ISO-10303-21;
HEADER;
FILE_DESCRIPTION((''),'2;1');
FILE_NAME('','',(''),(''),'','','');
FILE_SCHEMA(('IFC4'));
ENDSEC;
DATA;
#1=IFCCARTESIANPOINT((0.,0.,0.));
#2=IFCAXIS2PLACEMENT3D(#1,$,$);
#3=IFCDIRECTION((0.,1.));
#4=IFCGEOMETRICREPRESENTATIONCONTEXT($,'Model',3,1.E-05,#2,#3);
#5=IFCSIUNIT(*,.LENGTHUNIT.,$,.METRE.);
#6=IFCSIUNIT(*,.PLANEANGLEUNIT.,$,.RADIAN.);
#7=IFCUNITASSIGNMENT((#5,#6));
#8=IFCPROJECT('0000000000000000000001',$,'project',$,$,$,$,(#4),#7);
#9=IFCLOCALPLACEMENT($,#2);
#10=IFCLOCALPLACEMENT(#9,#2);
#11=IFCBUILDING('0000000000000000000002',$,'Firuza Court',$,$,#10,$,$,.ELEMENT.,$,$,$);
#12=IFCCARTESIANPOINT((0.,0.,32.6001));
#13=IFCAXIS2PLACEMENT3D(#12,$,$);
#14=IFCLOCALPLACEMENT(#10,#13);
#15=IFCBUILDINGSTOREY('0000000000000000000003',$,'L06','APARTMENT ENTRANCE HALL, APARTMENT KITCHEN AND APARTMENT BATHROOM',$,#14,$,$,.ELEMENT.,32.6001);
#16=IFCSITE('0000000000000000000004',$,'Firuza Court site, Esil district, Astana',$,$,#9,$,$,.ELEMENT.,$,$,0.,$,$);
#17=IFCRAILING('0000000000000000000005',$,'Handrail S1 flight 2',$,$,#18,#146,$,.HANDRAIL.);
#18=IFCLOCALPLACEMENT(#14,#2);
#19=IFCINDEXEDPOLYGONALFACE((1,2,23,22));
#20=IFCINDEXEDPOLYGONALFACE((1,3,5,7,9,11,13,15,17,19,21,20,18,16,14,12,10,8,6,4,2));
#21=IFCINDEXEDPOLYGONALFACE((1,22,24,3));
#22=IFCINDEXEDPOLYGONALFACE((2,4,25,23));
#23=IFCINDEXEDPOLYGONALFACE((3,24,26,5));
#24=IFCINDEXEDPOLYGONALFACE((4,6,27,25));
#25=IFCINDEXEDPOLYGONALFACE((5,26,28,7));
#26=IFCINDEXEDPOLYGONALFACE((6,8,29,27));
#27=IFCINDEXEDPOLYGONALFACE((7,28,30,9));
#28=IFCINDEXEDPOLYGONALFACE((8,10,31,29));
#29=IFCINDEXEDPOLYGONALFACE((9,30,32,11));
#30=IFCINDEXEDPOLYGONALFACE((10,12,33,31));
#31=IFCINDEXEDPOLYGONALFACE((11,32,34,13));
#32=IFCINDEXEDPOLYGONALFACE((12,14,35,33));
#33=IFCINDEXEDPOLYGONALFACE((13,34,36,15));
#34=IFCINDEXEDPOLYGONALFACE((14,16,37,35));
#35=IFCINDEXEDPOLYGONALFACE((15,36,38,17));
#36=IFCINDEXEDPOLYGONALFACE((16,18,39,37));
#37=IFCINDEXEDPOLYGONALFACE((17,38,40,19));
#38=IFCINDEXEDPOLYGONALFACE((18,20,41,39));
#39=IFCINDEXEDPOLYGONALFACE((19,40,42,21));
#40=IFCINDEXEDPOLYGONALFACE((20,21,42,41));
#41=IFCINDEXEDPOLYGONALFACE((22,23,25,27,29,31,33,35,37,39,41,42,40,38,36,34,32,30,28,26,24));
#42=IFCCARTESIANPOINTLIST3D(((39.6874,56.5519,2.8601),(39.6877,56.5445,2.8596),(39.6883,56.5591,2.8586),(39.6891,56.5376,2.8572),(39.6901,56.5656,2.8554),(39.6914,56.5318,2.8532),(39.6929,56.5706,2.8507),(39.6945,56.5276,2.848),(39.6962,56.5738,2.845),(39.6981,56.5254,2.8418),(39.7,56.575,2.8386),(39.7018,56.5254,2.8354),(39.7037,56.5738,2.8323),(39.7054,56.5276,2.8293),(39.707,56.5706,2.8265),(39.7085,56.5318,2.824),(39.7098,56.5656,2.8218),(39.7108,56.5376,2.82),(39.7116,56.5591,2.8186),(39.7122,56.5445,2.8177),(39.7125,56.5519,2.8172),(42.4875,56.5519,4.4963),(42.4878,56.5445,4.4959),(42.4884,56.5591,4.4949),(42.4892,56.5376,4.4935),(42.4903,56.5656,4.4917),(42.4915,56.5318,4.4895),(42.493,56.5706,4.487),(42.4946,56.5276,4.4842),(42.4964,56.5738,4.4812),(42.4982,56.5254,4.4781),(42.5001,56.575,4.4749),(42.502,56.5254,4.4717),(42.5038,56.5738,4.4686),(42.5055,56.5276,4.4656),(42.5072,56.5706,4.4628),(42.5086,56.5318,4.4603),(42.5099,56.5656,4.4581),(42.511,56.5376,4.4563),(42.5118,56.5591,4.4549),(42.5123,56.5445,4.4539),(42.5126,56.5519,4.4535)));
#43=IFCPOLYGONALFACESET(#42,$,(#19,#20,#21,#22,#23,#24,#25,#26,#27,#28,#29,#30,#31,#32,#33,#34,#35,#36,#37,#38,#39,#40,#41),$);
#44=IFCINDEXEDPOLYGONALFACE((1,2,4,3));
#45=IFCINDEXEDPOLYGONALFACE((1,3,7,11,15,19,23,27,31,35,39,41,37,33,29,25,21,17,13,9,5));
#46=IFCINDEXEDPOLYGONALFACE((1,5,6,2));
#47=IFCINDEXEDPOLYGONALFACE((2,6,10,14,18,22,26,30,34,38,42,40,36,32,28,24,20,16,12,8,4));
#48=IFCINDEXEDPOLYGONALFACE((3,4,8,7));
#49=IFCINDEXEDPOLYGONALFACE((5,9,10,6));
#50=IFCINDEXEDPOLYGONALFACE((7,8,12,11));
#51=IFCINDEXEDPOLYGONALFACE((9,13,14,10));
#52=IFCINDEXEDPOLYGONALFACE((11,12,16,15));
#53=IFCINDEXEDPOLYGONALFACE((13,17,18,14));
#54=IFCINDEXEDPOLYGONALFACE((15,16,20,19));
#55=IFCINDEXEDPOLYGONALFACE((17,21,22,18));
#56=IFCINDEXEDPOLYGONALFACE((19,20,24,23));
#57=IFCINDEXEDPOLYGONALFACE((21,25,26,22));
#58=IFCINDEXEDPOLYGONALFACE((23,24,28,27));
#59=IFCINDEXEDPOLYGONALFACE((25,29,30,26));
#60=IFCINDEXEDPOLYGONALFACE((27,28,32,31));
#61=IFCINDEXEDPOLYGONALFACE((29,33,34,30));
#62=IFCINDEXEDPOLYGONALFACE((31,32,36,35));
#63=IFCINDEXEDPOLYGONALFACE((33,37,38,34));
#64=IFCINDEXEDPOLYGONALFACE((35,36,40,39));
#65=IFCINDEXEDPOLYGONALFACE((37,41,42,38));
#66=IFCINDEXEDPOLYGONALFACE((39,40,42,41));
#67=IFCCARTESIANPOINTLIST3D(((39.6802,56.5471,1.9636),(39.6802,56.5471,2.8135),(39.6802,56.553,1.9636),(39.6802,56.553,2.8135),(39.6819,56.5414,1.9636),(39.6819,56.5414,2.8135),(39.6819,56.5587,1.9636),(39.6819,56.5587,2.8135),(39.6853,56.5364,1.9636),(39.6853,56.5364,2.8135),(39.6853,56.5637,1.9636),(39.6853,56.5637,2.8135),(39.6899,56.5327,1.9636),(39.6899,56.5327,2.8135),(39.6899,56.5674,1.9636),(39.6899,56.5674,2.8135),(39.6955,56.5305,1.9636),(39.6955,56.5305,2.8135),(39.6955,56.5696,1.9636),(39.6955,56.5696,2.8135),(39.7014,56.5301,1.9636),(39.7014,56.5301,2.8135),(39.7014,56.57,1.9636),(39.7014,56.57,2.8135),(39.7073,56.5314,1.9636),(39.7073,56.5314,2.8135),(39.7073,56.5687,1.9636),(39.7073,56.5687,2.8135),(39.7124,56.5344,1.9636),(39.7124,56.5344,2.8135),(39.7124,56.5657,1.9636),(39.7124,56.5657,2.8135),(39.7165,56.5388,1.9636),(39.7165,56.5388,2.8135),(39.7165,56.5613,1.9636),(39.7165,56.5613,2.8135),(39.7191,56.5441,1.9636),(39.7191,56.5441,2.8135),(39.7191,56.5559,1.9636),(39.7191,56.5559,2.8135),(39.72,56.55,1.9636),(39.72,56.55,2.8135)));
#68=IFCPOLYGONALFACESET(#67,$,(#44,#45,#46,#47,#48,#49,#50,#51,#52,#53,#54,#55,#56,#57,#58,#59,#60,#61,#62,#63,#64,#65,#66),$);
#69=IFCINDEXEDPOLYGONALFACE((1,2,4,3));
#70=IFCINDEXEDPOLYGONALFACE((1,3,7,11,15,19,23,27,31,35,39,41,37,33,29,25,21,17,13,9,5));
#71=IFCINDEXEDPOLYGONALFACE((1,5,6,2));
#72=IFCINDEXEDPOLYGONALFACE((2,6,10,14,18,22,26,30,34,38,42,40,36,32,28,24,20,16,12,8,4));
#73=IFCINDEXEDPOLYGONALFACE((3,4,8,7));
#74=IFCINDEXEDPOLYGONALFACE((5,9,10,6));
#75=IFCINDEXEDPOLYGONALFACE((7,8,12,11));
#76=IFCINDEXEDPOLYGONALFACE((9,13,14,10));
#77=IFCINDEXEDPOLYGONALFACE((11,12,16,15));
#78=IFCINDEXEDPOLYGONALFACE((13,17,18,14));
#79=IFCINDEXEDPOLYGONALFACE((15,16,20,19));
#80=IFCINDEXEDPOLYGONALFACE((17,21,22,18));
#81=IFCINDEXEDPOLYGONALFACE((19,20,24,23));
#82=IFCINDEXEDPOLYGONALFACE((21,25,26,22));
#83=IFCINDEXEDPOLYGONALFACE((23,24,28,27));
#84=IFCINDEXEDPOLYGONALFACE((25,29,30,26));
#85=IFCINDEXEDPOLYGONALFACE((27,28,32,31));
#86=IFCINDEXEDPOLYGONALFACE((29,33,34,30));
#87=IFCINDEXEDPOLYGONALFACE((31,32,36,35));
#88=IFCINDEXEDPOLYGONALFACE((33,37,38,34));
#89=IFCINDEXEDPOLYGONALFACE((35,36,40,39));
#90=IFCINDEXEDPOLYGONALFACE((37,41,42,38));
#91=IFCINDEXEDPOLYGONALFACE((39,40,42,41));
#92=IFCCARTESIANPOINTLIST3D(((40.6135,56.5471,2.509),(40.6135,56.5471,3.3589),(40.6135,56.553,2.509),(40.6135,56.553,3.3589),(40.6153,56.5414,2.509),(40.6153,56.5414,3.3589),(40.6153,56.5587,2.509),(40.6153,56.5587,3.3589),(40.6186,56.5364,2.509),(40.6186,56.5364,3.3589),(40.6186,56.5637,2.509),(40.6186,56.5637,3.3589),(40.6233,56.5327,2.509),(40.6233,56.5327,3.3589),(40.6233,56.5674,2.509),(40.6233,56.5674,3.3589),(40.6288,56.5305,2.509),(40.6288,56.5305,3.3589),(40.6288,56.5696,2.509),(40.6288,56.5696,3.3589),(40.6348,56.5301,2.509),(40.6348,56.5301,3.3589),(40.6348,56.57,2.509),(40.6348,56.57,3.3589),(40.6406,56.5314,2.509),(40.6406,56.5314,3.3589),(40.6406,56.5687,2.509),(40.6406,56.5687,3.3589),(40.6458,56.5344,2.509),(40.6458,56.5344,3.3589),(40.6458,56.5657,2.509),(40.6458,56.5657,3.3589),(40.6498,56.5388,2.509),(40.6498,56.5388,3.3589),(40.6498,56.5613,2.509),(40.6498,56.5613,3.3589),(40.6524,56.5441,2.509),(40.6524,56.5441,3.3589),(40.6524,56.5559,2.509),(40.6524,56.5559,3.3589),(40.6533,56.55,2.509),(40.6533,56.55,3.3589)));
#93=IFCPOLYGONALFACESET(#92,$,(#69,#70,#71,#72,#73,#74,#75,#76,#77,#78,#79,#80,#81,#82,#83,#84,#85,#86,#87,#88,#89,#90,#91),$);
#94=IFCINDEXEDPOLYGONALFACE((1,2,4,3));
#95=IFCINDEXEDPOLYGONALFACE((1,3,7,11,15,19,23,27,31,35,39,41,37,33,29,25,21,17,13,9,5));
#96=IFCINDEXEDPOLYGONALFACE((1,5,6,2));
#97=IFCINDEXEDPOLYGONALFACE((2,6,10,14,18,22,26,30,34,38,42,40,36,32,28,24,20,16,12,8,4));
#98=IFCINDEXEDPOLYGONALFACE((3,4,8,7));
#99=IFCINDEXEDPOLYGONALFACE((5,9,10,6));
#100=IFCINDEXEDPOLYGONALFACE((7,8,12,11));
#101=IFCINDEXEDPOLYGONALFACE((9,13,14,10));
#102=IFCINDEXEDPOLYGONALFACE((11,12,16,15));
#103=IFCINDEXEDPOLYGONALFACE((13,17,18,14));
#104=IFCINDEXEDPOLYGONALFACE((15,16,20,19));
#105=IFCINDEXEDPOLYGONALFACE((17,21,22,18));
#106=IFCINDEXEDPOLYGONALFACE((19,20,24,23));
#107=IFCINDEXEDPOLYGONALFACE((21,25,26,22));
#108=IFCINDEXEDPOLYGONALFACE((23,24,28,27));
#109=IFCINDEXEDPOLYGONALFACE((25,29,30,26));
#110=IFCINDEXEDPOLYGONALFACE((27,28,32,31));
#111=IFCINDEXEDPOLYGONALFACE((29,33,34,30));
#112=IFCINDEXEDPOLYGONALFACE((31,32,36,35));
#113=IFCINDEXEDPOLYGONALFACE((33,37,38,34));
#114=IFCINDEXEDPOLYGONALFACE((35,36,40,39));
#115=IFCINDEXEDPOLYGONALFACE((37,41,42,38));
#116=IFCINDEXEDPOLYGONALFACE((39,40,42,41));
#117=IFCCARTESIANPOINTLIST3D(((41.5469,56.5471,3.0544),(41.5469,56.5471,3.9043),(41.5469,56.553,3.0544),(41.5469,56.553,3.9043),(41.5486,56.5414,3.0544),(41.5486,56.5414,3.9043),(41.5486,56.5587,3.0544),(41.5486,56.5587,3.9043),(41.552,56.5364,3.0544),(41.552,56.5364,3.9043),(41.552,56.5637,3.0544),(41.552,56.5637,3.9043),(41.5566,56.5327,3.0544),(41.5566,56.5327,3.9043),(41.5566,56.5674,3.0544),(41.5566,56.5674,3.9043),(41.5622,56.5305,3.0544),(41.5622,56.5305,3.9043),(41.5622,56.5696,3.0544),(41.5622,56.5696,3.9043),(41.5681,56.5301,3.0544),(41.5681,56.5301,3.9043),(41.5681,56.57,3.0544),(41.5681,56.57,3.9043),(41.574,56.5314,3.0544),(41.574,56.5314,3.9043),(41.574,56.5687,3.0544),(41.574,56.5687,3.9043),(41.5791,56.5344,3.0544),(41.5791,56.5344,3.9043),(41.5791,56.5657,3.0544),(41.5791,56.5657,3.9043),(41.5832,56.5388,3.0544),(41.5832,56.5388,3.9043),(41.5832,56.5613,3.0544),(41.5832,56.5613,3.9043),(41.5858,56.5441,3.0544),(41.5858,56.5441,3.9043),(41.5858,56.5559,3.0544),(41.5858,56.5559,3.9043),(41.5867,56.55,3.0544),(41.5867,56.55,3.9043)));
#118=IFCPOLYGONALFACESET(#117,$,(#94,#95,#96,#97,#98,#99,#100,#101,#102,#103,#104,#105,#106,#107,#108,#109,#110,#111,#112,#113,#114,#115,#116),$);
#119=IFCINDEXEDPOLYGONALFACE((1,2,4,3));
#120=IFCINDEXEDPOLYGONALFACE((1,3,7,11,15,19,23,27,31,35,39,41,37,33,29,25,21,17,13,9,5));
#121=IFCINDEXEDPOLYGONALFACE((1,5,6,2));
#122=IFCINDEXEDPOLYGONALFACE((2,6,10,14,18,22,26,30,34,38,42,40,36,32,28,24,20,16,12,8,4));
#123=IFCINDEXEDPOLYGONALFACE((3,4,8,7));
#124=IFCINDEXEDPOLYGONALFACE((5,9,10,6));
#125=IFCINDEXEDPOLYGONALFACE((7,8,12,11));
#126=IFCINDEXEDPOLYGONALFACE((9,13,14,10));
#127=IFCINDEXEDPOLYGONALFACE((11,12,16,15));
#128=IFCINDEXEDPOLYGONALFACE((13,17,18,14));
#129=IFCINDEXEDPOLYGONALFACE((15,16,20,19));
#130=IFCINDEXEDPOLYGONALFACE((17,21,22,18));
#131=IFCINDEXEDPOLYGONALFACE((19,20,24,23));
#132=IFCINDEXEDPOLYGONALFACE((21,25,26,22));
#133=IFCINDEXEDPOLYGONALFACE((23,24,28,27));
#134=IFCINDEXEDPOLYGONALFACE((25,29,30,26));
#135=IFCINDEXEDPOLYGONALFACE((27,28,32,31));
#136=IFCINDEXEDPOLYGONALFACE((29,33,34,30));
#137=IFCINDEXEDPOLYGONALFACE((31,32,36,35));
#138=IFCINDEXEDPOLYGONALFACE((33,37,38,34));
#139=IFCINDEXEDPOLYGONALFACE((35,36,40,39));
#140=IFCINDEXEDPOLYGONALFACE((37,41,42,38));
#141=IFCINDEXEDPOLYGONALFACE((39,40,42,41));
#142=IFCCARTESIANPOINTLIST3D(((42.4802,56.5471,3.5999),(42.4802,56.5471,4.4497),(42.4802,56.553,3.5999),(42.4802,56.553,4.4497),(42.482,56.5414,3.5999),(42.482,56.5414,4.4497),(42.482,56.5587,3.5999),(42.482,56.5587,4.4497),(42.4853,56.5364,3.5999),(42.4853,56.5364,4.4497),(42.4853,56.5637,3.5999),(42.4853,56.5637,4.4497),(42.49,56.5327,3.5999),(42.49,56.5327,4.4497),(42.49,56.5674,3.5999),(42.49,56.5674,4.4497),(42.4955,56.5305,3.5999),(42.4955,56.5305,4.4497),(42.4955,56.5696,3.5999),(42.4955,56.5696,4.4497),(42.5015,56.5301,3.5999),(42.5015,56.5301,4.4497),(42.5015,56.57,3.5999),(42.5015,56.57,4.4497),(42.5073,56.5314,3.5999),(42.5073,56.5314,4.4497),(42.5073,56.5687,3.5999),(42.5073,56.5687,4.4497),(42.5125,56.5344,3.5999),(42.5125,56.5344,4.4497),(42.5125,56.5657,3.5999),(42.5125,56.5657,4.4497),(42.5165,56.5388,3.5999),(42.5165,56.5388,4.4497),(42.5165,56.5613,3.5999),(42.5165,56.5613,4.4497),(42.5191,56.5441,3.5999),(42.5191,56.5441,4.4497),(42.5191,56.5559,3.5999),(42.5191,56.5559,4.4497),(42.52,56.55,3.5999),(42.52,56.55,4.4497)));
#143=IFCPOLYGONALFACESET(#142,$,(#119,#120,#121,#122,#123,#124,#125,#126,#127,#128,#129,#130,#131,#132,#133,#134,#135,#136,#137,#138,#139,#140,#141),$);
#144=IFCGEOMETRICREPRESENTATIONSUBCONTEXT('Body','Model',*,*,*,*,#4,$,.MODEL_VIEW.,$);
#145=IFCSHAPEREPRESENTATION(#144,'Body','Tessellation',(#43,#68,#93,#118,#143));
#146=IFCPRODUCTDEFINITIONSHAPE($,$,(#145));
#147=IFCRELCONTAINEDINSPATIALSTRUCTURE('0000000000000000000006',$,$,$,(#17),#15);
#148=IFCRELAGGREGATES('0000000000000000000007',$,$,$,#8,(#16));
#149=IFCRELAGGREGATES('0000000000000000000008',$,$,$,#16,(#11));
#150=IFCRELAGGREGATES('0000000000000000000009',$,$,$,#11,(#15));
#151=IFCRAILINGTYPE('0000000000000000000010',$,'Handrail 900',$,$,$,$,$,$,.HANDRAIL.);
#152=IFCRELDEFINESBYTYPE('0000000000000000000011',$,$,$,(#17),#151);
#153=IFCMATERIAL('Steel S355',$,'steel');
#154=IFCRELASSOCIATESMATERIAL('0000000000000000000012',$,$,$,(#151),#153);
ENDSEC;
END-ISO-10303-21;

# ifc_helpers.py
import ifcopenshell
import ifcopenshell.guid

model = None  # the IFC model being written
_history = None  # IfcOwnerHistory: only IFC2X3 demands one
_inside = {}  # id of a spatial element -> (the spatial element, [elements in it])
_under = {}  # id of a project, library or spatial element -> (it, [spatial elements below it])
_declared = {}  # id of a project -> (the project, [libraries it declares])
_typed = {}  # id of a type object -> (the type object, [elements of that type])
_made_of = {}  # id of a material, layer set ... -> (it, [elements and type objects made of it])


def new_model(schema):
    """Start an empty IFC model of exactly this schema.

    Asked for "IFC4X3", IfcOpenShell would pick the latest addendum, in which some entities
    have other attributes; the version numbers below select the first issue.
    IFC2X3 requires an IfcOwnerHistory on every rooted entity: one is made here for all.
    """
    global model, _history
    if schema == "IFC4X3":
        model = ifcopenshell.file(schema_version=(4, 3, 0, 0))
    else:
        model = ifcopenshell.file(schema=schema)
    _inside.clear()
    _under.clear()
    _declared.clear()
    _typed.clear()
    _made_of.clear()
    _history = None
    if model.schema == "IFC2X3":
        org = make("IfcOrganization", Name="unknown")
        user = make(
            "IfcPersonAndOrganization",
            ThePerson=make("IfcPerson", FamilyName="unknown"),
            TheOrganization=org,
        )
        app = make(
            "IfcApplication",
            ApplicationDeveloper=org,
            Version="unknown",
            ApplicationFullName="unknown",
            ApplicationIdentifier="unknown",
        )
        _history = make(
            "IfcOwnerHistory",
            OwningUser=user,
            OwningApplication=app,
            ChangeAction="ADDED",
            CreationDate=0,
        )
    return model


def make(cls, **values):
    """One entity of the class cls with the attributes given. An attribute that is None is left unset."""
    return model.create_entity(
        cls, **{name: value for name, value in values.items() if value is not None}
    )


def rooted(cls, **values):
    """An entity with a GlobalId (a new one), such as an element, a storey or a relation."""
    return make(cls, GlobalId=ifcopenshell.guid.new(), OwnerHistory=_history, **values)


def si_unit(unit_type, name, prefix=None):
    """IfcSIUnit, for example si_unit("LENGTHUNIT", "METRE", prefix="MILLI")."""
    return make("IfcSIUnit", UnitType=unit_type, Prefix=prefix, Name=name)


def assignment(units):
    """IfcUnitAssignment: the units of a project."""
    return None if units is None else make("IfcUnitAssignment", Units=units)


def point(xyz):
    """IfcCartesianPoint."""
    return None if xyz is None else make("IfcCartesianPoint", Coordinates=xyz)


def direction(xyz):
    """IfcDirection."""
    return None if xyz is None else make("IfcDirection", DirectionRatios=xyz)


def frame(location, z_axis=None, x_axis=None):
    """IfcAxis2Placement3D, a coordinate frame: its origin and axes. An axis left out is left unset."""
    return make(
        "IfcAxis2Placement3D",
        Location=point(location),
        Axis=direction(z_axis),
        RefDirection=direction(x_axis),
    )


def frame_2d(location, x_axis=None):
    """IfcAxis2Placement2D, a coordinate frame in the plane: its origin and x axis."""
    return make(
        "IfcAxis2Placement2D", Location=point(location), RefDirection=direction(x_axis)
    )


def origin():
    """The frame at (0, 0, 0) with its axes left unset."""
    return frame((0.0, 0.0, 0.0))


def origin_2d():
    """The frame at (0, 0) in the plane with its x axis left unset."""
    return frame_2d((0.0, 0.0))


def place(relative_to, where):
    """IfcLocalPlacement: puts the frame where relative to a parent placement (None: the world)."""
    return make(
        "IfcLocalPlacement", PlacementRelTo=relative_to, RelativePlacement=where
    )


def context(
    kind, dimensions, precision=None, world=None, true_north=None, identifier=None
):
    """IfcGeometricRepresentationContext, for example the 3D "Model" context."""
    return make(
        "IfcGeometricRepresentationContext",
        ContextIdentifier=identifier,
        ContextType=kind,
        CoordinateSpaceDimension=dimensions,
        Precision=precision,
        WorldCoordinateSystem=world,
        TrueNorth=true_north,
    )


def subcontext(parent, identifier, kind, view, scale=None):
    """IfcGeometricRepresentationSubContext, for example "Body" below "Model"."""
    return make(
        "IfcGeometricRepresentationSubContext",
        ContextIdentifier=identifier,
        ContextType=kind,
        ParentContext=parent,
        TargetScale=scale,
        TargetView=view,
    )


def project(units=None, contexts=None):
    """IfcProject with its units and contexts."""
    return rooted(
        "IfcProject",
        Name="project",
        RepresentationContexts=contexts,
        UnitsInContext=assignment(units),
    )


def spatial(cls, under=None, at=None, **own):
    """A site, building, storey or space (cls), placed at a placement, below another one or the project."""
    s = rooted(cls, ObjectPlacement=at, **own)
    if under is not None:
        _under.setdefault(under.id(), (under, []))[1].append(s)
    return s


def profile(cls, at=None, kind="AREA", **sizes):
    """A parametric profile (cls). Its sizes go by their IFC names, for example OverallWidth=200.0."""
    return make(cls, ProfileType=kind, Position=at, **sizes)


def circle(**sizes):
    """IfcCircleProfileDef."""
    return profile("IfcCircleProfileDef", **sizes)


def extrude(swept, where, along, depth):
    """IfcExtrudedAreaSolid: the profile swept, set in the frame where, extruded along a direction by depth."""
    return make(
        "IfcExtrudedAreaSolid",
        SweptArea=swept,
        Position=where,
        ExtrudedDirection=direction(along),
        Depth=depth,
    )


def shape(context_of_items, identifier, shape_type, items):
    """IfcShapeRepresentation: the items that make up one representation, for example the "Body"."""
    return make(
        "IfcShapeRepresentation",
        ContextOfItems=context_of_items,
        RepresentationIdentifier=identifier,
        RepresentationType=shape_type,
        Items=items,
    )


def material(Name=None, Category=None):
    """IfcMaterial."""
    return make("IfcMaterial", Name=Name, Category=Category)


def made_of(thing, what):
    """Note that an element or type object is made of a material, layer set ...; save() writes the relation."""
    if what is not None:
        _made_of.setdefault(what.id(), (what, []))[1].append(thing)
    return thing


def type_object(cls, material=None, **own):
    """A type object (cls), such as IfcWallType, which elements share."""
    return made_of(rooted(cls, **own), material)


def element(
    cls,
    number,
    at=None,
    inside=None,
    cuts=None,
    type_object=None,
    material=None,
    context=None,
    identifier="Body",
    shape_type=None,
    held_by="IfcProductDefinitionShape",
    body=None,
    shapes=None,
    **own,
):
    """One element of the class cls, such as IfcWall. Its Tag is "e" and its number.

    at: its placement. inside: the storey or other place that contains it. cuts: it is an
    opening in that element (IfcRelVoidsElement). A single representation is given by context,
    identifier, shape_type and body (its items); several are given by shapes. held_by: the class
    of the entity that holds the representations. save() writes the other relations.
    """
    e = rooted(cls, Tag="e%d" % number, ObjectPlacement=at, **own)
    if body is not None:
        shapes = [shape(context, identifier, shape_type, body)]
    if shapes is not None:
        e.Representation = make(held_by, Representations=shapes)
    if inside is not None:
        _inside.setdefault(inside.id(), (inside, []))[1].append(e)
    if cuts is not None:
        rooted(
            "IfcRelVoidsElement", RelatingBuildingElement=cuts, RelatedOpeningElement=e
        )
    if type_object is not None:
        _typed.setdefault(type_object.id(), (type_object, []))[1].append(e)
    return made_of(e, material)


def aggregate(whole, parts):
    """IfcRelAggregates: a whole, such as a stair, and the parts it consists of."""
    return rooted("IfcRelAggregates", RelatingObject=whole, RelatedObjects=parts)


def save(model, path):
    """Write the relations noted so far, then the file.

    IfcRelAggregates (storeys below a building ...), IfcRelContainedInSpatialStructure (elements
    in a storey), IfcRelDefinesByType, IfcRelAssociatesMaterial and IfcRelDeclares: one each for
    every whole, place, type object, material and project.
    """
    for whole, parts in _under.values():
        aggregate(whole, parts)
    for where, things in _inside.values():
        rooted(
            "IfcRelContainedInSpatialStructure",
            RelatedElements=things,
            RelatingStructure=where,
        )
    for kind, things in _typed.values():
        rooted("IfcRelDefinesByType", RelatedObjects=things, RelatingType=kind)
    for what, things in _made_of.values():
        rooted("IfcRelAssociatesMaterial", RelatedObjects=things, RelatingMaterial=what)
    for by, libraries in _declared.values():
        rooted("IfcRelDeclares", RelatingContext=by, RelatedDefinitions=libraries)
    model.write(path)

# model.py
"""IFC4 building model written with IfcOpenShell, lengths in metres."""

from ifc_helpers import new_model, si_unit, direction, frame, origin, origin_2d, place, context, subcontext, project, spatial, circle, extrude, material, type_object, element, save


model = new_model("IFC4")

# Units and contexts
model_context = context("Model", 3, precision=1e-05, world=origin(), true_north=direction((0.0, 1.0)))
body_context = subcontext(model_context, "Body", "Model", "MODEL_VIEW")
ifc_project = project(units=[si_unit("LENGTHUNIT", "METRE"), si_unit("PLANEANGLEUNIT", "RADIAN")], contexts=[model_context])

# Site, building, storey
site_placement = place(None, origin())
site = spatial("IfcSite", under=ifc_project, at=site_placement, Name="Firuza Court site, Esil district, Astana", CompositionType="ELEMENT", RefElevation=0.0)
building_placement = place(site_placement, origin())
building = spatial("IfcBuilding", under=site, at=building_placement, Name="Firuza Court", CompositionType="ELEMENT")
storey_placement = place(building_placement, frame((0.0, 0.0, 32.6001)))
storey = spatial("IfcBuildingStorey", under=building, at=storey_placement, Name="L06", Description="APARTMENT ENTRANCE HALL, APARTMENT KITCHEN AND APARTMENT BATHROOM", CompositionType="ELEMENT", Elevation=32.6001)

# Railing
ifc_material_1 = material(Name="Steel S355", Category="steel")
railing_type_1 = type_object("IfcRailingType", Name="Handrail 900", PredefinedType="HANDRAIL", material=ifc_material_1)
railing_1_placement = place(storey_placement, frame((39.7, 56.55, 1.9636)))
element("IfcRailing", 1, at=railing_1_placement, inside=storey, type_object=railing_type_1, Name="Handrail S1 flight 2", PredefinedType="HANDRAIL", context=body_context, shape_type="SweptSolid", body=[
    extrude(circle(Radius=0.0249, at=origin_2d()), frame((0.0, 0.0, 0.875), z_axis=(0.863394, 0.0, 0.504531), x_axis=(0.0, 1.0, 0.0)), (0.0, 0.0, 1.0), 3.2432),
    extrude(circle(Radius=0.02, at=origin_2d()), origin(), (0.0, 0.0, 1.0), 0.8499),
    extrude(circle(Radius=0.02, at=origin_2d()), frame((0.9333, 0.0, 0.5454)), (0.0, 0.0, 1.0), 0.8499),
    extrude(circle(Radius=0.02, at=origin_2d()), frame((1.8667, 0.0, 1.0908)), (0.0, 0.0, 1.0), 0.8499),
    extrude(circle(Radius=0.02, at=origin_2d()), frame((2.8, 0.0, 1.6362)), (0.0, 0.0, 1.0), 0.8499),
])

save(model, "model.ifc")
